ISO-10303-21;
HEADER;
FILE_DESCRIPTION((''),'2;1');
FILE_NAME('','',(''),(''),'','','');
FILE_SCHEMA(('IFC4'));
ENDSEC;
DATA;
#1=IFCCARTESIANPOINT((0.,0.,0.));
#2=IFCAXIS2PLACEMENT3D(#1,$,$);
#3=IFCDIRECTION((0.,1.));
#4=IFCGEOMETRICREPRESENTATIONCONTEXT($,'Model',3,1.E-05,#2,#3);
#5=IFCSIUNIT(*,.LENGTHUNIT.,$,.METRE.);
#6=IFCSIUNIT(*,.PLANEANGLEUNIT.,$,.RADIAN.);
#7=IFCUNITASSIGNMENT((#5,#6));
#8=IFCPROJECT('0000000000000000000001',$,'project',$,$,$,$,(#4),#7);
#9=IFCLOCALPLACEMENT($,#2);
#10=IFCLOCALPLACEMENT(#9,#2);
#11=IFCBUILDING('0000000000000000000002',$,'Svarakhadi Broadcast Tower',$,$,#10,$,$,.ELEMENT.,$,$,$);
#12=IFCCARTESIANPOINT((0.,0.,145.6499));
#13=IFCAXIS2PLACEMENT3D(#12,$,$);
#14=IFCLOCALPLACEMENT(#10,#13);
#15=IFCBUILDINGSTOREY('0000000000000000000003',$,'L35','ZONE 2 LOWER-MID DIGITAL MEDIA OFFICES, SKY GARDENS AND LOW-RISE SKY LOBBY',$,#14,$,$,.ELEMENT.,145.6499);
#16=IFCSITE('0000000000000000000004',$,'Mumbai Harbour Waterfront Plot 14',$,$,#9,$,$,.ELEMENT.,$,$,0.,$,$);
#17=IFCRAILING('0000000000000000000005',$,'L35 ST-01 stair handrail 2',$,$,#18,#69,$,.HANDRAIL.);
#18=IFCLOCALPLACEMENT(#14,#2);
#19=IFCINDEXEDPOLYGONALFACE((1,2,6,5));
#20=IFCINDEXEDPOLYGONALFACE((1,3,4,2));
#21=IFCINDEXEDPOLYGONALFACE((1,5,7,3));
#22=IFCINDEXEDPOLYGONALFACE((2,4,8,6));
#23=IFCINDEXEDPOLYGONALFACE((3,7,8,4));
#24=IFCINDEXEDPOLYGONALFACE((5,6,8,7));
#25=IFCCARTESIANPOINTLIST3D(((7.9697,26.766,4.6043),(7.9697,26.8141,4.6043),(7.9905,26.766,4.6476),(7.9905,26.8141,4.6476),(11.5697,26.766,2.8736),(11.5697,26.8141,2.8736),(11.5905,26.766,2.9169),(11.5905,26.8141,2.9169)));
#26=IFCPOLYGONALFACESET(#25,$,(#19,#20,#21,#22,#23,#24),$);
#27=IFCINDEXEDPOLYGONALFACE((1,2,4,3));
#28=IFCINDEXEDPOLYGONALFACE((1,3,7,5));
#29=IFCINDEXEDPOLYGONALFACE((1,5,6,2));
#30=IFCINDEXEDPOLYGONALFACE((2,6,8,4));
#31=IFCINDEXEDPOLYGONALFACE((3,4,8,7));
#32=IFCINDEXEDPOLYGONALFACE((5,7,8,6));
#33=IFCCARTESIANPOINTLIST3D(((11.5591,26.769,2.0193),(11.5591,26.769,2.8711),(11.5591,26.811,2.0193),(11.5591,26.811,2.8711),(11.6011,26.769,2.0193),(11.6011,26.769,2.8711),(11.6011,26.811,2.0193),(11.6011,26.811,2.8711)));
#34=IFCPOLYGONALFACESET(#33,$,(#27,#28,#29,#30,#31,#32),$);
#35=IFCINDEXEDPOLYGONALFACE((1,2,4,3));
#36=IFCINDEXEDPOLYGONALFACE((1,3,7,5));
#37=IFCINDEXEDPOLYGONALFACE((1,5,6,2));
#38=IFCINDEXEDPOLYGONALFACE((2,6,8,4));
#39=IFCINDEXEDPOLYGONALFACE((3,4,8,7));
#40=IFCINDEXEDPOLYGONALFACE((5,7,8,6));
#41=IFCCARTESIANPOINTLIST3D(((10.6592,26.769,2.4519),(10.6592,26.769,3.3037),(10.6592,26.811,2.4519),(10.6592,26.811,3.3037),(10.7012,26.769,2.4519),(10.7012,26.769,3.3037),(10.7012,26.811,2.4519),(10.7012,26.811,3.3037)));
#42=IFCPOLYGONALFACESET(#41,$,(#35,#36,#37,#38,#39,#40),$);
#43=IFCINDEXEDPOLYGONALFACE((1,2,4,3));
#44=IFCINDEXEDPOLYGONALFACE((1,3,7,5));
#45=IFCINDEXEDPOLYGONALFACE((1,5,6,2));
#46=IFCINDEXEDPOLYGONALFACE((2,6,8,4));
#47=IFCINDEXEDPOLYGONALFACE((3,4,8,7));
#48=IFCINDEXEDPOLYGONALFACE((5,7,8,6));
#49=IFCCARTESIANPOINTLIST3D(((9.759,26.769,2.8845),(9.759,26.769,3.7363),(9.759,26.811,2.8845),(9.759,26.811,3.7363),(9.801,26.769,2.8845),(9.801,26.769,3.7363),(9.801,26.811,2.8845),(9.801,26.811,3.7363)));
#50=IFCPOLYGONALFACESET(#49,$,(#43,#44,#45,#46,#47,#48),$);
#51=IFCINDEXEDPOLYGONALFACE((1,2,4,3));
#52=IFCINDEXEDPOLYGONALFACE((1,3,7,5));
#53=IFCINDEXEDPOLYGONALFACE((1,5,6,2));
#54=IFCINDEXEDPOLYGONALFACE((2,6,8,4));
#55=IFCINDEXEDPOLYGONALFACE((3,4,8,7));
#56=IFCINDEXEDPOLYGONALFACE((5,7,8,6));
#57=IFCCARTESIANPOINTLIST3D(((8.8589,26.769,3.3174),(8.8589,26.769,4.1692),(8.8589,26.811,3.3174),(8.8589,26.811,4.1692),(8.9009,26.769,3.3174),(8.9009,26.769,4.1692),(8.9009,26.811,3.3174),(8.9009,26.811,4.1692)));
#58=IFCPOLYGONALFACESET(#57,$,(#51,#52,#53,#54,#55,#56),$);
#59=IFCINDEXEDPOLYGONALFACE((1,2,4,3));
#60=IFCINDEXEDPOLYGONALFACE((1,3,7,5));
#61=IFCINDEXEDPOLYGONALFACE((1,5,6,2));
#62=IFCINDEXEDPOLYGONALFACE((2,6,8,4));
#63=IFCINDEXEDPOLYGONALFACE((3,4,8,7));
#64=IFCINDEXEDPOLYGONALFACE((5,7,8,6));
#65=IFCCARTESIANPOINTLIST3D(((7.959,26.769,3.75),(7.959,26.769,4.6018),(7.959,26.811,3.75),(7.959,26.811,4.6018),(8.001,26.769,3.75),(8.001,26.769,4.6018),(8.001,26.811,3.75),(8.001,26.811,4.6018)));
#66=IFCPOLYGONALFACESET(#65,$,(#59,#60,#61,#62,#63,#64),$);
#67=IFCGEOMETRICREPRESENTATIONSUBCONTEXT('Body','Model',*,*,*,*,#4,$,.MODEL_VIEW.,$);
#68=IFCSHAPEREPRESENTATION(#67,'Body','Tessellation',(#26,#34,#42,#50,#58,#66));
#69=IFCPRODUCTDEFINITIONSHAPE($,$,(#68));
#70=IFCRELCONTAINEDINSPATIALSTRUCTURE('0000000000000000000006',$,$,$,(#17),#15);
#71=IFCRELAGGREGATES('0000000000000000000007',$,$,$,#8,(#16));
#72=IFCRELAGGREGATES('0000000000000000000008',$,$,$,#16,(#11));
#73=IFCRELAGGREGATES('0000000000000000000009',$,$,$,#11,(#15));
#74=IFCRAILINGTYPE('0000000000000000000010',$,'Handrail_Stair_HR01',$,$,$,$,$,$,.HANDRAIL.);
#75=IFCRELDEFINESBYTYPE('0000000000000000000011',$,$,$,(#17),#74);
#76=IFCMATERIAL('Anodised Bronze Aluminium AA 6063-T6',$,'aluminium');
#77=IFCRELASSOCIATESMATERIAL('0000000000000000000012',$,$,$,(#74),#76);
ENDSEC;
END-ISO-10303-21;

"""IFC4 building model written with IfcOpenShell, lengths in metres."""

from ifc_helpers import new_model, si_unit, direction, frame, origin, origin_2d, place, context, subcontext, project, spatial, rectangle, extrude, material, type_object, element, save


model = new_model("IFC4")

# Units and contexts
model_context = context("Model", 3, precision=1e-05, world=origin(), true_north=direction((0.0, 1.0)))
body_context = subcontext(model_context, "Body", "Model", "MODEL_VIEW")
ifc_project = project(units=[si_unit("LENGTHUNIT", "METRE"), si_unit("PLANEANGLEUNIT", "RADIAN")], contexts=[model_context])

# Site, building, storey
site_placement = place(None, origin())
site = spatial("IfcSite", under=ifc_project, at=site_placement, Name="Mumbai Harbour Waterfront Plot 14", CompositionType="ELEMENT", RefElevation=0.0)
building_placement = place(site_placement, origin())
building = spatial("IfcBuilding", under=site, at=building_placement, Name="Svarakhadi Broadcast Tower", CompositionType="ELEMENT")
storey_placement = place(building_placement, frame((0.0, 0.0, 145.6499)))
storey = spatial("IfcBuildingStorey", under=building, at=storey_placement, Name="L35", Description="ZONE 2 LOWER-MID DIGITAL MEDIA OFFICES, SKY GARDENS AND LOW-RISE SKY LOBBY", CompositionType="ELEMENT", Elevation=145.6499)

# Railing
ifc_material_1 = material(Name="Anodised Bronze Aluminium AA 6063-T6", Category="aluminium")
railing_type_1 = type_object("IfcRailingType", Name="Handrail_Stair_HR01", PredefinedType="HANDRAIL", material=ifc_material_1)
railing_1_placement = place(storey_placement, frame((11.5801, 26.79, 2.0193)))
element("IfcRailing", 1, at=railing_1_placement, inside=storey, type_object=railing_type_1, Name="L35 ST-01 stair handrail 2", PredefinedType="HANDRAIL", context=body_context, shape_type="SweptSolid", body=[
    extrude(rectangle(XDim=0.0481, YDim=0.0481, at=origin_2d()), frame((0.0, 0.0, 0.876), z_axis=(-0.901263, 0.0, 0.433273), x_axis=(0.0, -1.0, 0.0)), (0.0, 0.0, 1.0), 3.9944),
    extrude(rectangle(XDim=0.042, YDim=0.042, at=origin_2d()), origin(), (0.0, 0.0, 1.0), 0.8518),
    extrude(rectangle(XDim=0.042, YDim=0.042, at=origin_2d()), frame((-0.8999, 0.0, 0.4326)), (0.0, 0.0, 1.0), 0.8518),
    extrude(rectangle(XDim=0.042, YDim=0.042, at=origin_2d()), frame((-1.8, 0.0, 0.8652)), (0.0, 0.0, 1.0), 0.8518),
    extrude(rectangle(XDim=0.042, YDim=0.042, at=origin_2d()), frame((-2.7002, 0.0, 1.2981)), (0.0, 0.0, 1.0), 0.8518),
    extrude(rectangle(XDim=0.042, YDim=0.042, at=origin_2d()), frame((-3.6001, 0.0, 1.7307)), (0.0, 0.0, 1.0), 0.8518),
])

save(model, "model.ifc")
